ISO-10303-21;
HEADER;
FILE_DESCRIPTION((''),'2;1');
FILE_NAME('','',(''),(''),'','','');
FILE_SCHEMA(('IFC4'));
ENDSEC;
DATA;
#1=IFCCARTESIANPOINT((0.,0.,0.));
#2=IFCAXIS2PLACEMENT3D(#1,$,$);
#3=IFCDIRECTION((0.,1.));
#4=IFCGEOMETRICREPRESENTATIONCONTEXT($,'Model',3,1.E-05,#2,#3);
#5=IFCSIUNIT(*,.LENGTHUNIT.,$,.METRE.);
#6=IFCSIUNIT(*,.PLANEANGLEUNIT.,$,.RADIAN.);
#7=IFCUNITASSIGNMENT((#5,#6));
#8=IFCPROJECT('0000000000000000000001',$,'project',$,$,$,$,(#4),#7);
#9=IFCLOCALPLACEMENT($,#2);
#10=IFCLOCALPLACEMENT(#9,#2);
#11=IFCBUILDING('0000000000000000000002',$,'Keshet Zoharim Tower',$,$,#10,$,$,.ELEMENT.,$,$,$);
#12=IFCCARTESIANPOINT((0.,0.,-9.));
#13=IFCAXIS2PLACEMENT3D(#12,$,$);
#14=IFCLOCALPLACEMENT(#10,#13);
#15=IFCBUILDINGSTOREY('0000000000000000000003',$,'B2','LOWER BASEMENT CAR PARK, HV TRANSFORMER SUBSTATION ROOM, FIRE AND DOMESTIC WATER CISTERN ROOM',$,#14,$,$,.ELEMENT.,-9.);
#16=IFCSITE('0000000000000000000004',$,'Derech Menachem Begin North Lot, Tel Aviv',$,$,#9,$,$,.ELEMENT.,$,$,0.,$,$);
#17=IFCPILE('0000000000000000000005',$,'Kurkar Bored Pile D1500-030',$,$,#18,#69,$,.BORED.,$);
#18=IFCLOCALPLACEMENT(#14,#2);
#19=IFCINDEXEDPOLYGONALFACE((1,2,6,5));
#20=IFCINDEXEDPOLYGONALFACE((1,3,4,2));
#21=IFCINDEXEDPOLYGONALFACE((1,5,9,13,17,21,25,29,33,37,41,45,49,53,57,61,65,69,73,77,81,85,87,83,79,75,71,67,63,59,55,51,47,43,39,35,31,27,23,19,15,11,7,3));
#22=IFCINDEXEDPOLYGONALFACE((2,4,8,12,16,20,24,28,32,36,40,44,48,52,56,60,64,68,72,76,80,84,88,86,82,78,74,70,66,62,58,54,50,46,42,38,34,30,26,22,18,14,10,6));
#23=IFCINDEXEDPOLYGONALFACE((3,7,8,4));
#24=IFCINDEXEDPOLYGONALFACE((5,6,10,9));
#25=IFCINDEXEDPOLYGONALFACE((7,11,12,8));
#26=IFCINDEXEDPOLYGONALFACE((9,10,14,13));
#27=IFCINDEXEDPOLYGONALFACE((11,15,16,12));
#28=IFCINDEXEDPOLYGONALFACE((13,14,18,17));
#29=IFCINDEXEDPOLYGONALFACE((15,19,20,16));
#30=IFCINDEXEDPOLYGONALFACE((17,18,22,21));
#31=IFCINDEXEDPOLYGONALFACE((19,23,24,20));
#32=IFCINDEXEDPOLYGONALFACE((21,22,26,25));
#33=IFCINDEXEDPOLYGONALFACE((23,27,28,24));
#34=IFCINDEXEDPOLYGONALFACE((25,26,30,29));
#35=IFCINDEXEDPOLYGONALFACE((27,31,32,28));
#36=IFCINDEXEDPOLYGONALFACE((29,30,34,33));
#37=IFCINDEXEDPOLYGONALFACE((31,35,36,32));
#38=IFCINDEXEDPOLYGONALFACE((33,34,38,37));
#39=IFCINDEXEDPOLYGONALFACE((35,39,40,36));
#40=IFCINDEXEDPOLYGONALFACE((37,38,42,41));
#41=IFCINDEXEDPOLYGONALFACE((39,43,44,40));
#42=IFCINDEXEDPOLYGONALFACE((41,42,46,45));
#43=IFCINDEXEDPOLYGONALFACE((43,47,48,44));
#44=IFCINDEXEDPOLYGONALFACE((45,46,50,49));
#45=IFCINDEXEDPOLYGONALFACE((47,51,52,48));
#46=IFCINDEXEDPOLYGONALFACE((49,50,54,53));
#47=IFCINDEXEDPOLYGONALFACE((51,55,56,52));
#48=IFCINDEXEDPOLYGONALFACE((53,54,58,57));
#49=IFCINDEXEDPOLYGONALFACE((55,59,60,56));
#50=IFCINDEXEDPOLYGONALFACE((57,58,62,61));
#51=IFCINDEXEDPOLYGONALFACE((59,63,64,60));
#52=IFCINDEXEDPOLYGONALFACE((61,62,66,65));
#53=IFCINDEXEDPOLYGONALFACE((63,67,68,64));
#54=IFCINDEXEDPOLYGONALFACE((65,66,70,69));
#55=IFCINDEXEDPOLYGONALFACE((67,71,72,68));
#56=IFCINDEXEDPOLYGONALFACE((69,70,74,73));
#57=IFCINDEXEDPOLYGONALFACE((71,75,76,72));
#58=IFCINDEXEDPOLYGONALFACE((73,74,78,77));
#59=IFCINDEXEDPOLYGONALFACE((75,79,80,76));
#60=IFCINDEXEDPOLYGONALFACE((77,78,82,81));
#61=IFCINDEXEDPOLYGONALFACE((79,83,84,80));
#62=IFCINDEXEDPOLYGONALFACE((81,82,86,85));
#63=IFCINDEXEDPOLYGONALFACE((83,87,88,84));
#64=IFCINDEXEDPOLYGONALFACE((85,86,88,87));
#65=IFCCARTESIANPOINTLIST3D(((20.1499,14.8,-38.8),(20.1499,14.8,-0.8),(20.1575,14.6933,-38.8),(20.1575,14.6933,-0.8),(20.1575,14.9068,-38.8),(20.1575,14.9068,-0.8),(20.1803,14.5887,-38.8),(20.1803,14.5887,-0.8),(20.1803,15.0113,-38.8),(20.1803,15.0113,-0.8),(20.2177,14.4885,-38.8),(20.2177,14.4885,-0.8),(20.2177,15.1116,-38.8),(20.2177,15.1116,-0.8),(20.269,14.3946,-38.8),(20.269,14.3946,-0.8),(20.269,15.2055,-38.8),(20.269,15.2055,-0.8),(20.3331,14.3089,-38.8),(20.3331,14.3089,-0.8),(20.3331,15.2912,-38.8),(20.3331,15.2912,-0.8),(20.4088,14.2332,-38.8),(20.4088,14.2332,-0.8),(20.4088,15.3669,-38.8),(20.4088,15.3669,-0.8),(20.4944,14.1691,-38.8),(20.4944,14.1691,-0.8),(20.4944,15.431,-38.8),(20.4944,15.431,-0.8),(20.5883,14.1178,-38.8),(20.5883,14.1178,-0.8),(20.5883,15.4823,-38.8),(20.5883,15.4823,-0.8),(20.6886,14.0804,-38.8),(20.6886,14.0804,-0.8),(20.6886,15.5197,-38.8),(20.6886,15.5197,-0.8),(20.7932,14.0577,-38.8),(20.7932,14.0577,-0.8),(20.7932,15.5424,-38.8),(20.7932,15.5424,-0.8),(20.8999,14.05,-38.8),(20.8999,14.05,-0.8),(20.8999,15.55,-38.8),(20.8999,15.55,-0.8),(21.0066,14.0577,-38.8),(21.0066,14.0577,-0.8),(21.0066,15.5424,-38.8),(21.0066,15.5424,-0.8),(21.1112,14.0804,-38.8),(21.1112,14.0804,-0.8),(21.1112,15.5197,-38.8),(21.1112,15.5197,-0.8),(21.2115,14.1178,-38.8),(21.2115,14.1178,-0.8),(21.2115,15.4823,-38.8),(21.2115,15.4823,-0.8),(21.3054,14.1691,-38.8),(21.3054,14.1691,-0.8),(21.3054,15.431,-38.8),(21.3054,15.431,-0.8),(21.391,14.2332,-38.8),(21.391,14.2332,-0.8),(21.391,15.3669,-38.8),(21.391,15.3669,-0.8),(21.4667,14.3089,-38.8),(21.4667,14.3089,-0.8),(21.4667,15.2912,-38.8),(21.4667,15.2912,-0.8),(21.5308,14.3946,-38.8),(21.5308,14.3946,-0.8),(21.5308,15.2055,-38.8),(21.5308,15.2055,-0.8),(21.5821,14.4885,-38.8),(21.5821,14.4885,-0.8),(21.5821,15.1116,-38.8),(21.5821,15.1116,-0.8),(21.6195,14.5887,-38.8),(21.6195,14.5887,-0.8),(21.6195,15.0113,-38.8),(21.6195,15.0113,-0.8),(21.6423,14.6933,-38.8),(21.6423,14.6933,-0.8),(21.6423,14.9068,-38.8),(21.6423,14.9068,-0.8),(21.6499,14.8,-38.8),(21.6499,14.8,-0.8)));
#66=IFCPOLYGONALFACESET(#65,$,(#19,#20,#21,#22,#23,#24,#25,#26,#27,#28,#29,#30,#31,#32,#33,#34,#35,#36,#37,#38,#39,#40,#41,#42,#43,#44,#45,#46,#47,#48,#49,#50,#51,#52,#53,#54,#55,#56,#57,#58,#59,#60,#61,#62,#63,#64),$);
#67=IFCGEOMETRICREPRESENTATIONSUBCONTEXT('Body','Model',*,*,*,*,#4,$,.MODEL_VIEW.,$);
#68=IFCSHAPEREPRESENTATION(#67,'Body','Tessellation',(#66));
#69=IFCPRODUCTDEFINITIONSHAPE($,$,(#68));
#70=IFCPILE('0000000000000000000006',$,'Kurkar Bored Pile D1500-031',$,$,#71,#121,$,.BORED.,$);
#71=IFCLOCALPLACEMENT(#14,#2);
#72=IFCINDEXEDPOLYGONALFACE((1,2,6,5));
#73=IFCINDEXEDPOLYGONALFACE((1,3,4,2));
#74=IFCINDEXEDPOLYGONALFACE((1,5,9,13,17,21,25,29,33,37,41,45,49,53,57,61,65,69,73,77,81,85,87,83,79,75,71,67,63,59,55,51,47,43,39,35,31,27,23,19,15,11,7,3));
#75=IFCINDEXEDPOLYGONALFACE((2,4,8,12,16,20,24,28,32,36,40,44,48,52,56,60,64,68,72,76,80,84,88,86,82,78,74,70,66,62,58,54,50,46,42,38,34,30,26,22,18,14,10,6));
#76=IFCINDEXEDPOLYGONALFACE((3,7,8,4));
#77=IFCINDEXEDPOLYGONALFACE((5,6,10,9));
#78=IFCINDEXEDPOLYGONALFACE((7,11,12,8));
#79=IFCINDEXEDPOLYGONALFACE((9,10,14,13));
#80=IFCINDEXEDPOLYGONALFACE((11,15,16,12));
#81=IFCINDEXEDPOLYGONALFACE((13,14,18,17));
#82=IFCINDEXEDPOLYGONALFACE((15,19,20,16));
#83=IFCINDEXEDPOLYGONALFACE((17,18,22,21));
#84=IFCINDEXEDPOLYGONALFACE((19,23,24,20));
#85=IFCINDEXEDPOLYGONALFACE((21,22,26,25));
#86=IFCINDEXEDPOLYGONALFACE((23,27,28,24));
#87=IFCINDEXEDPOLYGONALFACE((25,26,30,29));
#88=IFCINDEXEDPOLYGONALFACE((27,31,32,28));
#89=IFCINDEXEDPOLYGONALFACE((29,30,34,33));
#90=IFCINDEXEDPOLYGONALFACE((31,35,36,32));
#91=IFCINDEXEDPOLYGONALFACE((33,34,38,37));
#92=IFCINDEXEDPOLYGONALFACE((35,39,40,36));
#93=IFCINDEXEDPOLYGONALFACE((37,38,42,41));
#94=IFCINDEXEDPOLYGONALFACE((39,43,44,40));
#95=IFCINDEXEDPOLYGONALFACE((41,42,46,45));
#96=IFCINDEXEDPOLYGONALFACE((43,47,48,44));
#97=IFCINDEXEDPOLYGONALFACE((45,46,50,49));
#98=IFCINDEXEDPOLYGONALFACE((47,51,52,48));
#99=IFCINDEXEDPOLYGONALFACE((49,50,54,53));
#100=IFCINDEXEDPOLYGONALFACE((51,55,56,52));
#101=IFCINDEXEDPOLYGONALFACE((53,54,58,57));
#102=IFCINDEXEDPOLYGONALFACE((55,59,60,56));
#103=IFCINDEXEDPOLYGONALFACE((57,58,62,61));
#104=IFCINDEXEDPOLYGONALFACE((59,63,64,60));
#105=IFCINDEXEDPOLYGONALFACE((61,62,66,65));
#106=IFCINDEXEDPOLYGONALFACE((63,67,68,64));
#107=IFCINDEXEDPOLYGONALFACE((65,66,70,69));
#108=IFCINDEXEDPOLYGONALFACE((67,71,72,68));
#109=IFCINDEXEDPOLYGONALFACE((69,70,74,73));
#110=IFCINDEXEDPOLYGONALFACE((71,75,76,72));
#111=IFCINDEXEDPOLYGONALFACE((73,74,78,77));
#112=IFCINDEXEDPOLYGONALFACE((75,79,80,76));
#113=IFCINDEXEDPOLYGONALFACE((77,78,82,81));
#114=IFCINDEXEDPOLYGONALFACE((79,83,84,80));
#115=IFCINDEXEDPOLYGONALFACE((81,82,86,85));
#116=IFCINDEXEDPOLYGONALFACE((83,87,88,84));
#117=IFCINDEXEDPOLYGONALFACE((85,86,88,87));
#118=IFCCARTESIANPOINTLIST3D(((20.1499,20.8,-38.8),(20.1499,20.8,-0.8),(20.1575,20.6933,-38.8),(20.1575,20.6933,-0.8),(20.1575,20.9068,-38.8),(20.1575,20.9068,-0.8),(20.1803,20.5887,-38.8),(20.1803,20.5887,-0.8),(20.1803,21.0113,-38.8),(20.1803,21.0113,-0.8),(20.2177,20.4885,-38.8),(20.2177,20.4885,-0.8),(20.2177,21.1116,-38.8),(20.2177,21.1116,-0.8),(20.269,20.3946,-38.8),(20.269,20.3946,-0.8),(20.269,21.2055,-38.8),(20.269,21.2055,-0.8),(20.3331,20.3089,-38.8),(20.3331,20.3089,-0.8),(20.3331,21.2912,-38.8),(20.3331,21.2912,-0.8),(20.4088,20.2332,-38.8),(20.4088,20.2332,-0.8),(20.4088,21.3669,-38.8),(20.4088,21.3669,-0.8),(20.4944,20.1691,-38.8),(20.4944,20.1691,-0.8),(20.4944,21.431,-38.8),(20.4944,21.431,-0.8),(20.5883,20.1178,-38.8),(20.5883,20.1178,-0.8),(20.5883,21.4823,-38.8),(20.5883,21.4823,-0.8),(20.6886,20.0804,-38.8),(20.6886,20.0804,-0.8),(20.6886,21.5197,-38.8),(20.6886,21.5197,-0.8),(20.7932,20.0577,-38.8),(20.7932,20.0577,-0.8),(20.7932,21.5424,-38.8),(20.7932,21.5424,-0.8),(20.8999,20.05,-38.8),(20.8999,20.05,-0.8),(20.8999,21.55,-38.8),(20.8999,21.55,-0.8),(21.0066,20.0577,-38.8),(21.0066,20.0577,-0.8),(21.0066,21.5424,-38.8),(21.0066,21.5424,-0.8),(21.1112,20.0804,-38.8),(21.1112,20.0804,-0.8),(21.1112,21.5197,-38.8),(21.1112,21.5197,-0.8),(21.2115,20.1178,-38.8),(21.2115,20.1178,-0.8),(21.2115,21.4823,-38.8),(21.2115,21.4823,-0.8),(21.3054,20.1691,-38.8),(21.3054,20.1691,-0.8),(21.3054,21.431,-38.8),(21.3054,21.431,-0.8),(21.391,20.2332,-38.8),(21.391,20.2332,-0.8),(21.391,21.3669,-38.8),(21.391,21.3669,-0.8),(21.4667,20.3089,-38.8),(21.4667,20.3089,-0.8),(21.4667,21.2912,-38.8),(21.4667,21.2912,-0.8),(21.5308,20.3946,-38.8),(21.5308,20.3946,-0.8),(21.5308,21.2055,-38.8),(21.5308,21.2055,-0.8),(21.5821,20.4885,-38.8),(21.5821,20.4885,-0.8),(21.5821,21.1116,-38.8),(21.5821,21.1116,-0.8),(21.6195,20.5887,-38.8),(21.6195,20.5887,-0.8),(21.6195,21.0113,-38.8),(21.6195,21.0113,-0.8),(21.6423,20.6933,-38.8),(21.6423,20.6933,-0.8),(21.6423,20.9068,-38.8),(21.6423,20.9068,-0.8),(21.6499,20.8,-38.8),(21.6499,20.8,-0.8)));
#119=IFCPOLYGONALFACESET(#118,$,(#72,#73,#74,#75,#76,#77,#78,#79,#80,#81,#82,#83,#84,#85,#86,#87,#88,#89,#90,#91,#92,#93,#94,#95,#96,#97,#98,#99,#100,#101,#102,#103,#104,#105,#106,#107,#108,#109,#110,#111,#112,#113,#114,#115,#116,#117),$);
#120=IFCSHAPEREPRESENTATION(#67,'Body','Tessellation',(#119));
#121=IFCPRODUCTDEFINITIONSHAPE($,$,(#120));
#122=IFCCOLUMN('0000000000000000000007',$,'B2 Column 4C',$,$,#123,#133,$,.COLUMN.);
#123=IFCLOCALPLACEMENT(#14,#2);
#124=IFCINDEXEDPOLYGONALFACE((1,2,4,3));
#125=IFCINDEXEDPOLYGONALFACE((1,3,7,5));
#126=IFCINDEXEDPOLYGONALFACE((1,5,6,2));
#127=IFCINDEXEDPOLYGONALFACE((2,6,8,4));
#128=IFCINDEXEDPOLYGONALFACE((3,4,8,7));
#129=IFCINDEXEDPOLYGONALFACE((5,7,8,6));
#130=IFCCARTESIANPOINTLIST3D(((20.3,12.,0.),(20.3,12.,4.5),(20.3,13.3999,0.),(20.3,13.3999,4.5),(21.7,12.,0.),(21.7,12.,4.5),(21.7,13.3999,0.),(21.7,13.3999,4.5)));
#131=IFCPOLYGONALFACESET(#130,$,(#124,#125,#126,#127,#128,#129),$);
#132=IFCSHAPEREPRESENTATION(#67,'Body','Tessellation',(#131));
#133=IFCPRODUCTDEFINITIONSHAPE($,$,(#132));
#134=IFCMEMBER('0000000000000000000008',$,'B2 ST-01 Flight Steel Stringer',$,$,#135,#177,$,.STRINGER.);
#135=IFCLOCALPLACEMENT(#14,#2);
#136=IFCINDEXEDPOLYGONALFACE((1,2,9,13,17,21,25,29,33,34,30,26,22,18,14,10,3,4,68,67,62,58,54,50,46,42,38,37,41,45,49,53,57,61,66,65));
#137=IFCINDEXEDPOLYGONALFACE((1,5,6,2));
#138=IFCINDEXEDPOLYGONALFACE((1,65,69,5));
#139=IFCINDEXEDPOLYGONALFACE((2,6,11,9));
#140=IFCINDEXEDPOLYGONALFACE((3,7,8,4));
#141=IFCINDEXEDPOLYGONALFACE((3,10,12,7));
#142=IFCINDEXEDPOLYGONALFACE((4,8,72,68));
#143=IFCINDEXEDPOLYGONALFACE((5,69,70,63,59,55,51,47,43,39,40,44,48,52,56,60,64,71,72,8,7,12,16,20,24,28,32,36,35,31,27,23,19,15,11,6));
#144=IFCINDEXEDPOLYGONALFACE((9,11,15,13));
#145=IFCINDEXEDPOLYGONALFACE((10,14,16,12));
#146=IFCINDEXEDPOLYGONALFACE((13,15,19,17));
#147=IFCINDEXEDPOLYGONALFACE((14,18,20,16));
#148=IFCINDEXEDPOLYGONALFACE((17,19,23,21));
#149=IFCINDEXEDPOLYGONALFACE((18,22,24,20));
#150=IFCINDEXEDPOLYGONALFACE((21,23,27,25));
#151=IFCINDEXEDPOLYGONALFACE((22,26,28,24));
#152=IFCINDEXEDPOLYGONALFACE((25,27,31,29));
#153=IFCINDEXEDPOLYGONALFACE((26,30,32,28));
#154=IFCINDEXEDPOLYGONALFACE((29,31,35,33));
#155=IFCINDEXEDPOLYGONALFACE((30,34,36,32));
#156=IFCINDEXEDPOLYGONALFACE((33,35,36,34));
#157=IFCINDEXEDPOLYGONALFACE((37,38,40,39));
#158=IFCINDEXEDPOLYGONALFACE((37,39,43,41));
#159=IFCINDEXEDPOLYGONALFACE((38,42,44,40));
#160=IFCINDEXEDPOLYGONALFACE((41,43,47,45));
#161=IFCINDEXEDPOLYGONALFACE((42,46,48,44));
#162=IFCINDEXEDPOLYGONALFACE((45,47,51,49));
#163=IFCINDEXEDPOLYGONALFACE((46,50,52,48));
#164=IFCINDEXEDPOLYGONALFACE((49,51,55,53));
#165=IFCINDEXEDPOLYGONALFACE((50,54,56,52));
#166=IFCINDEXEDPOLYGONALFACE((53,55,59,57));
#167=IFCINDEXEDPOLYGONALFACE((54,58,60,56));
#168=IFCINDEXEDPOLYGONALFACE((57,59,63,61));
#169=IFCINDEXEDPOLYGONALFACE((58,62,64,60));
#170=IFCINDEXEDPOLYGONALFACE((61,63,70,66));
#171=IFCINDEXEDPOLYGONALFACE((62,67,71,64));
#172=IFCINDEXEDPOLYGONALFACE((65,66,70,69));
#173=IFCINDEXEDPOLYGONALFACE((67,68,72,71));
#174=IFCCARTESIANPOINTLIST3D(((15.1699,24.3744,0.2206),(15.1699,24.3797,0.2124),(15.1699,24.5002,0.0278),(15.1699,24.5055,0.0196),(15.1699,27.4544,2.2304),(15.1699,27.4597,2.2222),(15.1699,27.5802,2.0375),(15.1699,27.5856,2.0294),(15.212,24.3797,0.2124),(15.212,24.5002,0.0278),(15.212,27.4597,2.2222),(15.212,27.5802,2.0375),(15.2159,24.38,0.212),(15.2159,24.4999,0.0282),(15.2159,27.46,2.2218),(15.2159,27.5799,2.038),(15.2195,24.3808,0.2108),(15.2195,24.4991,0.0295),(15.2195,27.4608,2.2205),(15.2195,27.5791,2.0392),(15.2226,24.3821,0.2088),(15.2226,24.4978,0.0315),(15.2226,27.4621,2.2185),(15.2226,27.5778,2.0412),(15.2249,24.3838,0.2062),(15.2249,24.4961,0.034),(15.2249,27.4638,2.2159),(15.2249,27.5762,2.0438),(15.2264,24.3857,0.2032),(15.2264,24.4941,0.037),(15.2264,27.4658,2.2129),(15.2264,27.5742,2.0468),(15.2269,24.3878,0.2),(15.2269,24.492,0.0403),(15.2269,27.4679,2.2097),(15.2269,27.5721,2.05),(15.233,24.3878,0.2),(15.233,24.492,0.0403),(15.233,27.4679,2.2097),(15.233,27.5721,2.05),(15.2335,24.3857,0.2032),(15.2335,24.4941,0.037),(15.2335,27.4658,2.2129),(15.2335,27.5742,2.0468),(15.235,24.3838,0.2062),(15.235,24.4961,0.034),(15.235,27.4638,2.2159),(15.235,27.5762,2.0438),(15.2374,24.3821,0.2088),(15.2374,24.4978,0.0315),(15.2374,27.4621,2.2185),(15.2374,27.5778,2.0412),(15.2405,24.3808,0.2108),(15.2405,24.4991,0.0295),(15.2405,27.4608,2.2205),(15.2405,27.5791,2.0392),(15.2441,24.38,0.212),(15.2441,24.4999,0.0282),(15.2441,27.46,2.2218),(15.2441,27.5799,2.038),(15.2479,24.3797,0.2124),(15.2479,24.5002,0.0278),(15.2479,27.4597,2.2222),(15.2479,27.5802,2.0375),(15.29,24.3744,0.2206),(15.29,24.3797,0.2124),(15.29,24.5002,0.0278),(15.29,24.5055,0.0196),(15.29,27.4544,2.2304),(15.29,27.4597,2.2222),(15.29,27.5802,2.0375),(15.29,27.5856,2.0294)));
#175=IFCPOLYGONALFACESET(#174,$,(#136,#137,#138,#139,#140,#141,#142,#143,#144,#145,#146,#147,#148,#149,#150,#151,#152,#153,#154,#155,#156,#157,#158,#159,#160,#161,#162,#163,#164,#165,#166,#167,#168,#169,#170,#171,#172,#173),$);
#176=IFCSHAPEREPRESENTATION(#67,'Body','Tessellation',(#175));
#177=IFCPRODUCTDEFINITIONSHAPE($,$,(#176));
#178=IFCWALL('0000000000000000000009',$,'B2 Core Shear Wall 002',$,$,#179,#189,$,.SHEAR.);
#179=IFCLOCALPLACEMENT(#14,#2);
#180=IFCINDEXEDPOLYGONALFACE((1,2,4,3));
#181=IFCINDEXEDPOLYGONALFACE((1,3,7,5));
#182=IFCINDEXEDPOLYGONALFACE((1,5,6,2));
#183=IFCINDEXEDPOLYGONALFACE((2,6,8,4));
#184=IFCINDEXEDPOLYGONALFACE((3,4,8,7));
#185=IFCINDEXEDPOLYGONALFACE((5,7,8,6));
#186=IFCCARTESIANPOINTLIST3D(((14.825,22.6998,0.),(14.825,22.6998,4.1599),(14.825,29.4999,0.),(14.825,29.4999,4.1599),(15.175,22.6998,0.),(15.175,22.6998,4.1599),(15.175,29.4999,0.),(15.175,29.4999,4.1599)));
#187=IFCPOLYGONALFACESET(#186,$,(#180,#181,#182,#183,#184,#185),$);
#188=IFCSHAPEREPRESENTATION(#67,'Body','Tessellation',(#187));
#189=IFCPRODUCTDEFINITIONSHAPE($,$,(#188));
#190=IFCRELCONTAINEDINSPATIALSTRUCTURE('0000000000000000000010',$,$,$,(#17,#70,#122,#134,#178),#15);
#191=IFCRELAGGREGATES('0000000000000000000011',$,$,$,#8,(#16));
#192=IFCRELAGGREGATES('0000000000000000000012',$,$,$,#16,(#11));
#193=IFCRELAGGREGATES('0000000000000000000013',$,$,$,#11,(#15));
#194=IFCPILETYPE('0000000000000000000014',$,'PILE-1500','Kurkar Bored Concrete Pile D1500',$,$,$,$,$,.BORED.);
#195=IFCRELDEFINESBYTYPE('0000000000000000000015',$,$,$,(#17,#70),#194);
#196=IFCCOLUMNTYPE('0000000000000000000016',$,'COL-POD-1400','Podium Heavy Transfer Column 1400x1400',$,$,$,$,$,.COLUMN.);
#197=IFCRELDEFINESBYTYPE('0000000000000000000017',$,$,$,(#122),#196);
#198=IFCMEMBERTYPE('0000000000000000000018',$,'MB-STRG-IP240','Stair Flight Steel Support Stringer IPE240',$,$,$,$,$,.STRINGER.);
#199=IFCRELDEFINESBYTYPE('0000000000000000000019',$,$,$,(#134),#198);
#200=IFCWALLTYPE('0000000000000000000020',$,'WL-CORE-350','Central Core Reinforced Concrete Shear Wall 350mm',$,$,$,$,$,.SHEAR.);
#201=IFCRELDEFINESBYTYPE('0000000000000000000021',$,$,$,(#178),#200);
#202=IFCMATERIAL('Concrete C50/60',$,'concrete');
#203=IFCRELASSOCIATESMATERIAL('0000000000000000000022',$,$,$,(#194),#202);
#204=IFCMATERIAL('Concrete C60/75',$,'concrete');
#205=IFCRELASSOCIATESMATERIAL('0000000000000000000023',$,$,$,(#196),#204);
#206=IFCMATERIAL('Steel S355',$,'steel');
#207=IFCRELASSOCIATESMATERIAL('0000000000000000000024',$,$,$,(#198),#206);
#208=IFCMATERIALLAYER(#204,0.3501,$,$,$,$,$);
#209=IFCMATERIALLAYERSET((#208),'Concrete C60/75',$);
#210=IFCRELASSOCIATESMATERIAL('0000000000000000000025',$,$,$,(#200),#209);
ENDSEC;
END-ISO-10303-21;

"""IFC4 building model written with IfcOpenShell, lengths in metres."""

from ifc_helpers import new_model, si_unit, direction, frame, frame_2d, origin, origin_2d, place, context, subcontext, project, spatial, rectangle, circle, i_section, extrude, material, layer, layer_set, material_profile, profile_set, type_object, element, save


model = new_model("IFC4")

# Units and contexts
model_context = context("Model", 3, precision=1e-05, world=origin(), true_north=direction((0.0, 1.0)))
body_context = subcontext(model_context, "Body", "Model", "MODEL_VIEW")
ifc_project = project(units=[si_unit("LENGTHUNIT", "METRE"), si_unit("PLANEANGLEUNIT", "RADIAN")], contexts=[model_context])

# Site, building, storey
site_placement = place(None, origin())
site = spatial("IfcSite", under=ifc_project, at=site_placement, Name="Derech Menachem Begin North Lot, Tel Aviv", CompositionType="ELEMENT", RefElevation=0.0)
building_placement = place(site_placement, origin())
building = spatial("IfcBuilding", under=site, at=building_placement, Name="Keshet Zoharim Tower", CompositionType="ELEMENT")
storey_placement = place(building_placement, frame((0.0, 0.0, -9.0)))
storey = spatial("IfcBuildingStorey", under=building, at=storey_placement, Name="B2", Description="LOWER BASEMENT CAR PARK, HV TRANSFORMER SUBSTATION ROOM, FIRE AND DOMESTIC WATER CISTERN ROOM", CompositionType="ELEMENT", Elevation=-9.0)

# Piles
ifc_material_1 = material(Name="Concrete C50/60", Category="concrete")
ifc_material_profile_1 = material_profile(ifc_material_1, circle(Radius=0.75, at=origin_2d()), Name="PILE-D1500")
ifc_profile_set_1 = profile_set([ifc_material_profile_1], Name="Concrete C50/60")
pile_type = type_object("IfcPileType", Name="PILE-1500", Description="Kurkar Bored Concrete Pile D1500", PredefinedType="BORED", material=ifc_profile_set_1)
for number, where, z_axis, x_axis, name in (
    (1, (20.8999, 14.8, -0.8), (0.0, 0.0, -1.0), (1.0, 0.0, 0.0), "Kurkar Bored Pile D1500-030"),
    (2, (20.8999, 20.8, -0.8), (0.0, 0.0, -1.0), (1.0, 0.0, 0.0), "Kurkar Bored Pile D1500-031"),
):
    element("IfcPile", number, at=place(storey_placement, frame(where, z_axis=z_axis, x_axis=x_axis)), inside=storey, type_object=pile_type, Name=name, PredefinedType="BORED", context=body_context, shape_type="SweptSolid", body=[
        extrude(circle(Radius=0.75, at=origin_2d()), origin(), (0.0, 0.0, 1.0), 38.0),
    ])

# Column
ifc_material_2 = material(Name="Concrete C60/75", Category="concrete")
ifc_material_profile_2 = material_profile(ifc_material_2, rectangle(XDim=1.3999, YDim=1.3999, at=origin_2d()), Name="RC1400x1400")
ifc_profile_set_2 = profile_set([ifc_material_profile_2], Name="Concrete C60/75")
column_type = type_object("IfcColumnType", Name="COL-POD-1400", Description="Podium Heavy Transfer Column 1400x1400", PredefinedType="COLUMN", material=ifc_profile_set_2)
column_placement = place(storey_placement, frame((21.0, 12.7, 0.0), z_axis=(0.0, 0.0, 1.0), x_axis=(1.0, 0.0, 0.0)))
element("IfcColumn", 3, at=column_placement, inside=storey, type_object=column_type, Name="B2 Column 4C", PredefinedType="COLUMN", context=body_context, shape_type="SweptSolid", body=[
    extrude(rectangle(XDim=1.3999, YDim=1.3999, at=origin_2d()), origin(), (0.0, 0.0, 1.0), 4.5),
])

# Member
ifc_material_3 = material(Name="Steel S355", Category="steel")
ifc_material_profile_3 = material_profile(ifc_material_3, i_section(OverallWidth=0.1201, OverallDepth=0.24, WebThickness=0.0061, FlangeThickness=0.0098, FilletRadius=0.0149, at=origin_2d()), Name="IPE240")
ifc_profile_set_3 = profile_set([ifc_material_profile_3], Name="Steel S355")
member_type = type_object("IfcMemberType", Name="MB-STRG-IP240", Description="Stair Flight Steel Support Stringer IPE240", PredefinedType="STRINGER", material=ifc_profile_set_3)
member_placement = place(storey_placement, frame((15.23, 24.4399, 0.1201), z_axis=(0.0, 0.837484, 0.546462), x_axis=(-1.0, 0.0, 0.0)))
element("IfcMember", 4, at=member_placement, inside=storey, type_object=member_type, Name="B2 ST-01 Flight Steel Stringer", PredefinedType="STRINGER", context=body_context, shape_type="SweptSolid", body=[
    extrude(i_section(OverallWidth=0.1201, OverallDepth=0.24, WebThickness=0.0061, FlangeThickness=0.0098, FilletRadius=0.0149, at=origin_2d()), origin(), (0.0, 0.0, 1.0), 3.6777),
])

# Wall
ifc_layer_1 = layer(ifc_material_2, 0.3501)
ifc_layer_set_1 = layer_set([ifc_layer_1], Name="Concrete C60/75")
wall_type = type_object("IfcWallType", Name="WL-CORE-350", Description="Central Core Reinforced Concrete Shear Wall 350mm", PredefinedType="SHEAR", material=ifc_layer_set_1)
wall_1_placement = place(storey_placement, frame((15.0, 22.7, 0.0), z_axis=(0.0, 0.0, 1.0), x_axis=(0.0, 1.0, 0.0)))
element("IfcWall", 5, at=wall_1_placement, inside=storey, type_object=wall_type, Name="B2 Core Shear Wall 002", PredefinedType="SHEAR", context=body_context, shape_type="SweptSolid", body=[
    extrude(rectangle(XDim=6.8, YDim=0.3501, at=frame_2d((3.3999, 0.0))), origin(), (0.0, 0.0, 1.0), 4.1599),
])

save(model, "model.ifc")
